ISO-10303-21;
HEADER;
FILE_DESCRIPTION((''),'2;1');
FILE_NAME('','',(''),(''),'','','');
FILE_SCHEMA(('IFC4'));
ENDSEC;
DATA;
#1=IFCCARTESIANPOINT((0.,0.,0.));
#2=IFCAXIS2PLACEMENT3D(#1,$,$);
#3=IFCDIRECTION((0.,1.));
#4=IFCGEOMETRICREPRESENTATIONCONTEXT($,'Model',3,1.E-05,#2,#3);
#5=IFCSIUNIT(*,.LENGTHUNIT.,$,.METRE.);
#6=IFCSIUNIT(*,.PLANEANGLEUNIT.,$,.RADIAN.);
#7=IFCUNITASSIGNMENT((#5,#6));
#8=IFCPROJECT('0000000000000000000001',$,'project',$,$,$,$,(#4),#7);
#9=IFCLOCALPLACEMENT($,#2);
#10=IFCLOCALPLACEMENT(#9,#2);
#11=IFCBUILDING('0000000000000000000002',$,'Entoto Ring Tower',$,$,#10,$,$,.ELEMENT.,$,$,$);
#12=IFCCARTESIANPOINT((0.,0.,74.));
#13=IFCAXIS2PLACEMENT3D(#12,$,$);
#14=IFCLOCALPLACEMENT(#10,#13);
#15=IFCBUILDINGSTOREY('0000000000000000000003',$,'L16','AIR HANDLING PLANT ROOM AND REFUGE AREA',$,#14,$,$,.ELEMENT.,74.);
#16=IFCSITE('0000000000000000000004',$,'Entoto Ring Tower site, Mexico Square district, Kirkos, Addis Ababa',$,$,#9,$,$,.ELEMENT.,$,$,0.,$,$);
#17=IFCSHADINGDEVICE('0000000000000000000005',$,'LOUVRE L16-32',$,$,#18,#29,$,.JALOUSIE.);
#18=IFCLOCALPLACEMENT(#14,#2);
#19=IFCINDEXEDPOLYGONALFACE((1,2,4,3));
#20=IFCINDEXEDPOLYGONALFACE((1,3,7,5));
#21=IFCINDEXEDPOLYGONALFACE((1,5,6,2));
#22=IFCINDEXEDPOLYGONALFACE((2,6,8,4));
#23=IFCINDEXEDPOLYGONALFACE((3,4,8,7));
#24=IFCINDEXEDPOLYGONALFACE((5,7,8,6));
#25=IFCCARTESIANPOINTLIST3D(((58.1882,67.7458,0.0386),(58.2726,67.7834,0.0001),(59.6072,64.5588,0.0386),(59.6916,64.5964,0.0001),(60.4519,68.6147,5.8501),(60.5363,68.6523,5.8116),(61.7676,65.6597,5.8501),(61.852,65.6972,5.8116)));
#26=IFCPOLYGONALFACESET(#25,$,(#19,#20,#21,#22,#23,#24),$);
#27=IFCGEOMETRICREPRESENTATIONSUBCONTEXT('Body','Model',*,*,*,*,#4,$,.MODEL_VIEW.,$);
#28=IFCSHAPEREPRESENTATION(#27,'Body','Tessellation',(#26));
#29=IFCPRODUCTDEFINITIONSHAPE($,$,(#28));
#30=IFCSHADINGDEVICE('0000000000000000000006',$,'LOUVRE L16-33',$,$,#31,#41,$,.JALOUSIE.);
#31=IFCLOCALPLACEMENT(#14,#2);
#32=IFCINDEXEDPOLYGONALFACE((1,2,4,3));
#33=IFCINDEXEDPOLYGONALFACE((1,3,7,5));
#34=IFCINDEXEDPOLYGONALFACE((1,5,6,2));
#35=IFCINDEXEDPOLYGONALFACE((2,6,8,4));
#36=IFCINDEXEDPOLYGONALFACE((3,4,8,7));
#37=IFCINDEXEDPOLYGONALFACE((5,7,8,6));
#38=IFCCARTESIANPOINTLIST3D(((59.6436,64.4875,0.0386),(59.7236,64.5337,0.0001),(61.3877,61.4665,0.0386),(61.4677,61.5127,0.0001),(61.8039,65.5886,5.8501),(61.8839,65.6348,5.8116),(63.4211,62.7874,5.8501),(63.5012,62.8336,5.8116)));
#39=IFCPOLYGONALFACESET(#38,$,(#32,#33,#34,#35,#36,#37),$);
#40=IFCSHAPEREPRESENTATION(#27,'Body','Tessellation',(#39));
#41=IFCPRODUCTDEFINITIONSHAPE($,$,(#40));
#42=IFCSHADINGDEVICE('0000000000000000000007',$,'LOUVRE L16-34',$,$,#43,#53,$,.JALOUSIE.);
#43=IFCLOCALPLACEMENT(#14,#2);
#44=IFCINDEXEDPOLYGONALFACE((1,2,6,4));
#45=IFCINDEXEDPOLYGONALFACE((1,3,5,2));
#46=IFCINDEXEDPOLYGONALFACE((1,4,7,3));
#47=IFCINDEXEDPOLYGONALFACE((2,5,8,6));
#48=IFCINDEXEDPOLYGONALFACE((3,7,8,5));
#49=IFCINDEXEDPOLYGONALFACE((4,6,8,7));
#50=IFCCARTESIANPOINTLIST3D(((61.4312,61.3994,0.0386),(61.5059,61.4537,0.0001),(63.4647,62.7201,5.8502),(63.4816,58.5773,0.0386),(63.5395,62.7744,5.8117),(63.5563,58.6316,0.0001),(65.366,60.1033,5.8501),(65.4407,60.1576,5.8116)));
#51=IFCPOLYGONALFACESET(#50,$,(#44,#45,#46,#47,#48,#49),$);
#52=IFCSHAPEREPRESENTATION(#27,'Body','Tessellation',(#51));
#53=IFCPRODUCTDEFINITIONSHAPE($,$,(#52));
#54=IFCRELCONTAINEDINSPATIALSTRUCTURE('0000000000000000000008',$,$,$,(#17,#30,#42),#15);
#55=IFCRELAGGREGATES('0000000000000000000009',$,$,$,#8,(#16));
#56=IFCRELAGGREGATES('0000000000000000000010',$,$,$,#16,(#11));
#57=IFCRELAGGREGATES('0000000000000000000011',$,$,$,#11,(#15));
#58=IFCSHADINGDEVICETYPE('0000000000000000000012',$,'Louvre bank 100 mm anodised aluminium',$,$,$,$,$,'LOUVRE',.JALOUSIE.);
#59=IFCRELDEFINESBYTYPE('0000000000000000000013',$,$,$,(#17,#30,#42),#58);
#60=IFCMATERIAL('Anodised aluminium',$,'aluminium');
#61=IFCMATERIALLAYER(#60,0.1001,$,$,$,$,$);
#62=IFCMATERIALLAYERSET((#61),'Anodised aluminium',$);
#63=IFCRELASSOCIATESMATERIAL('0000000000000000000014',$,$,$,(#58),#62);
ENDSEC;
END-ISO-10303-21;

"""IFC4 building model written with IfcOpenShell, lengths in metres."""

from ifc_helpers import new_model, si_unit, direction, frame, origin, place, context, subcontext, project, spatial, polyline, outline, extrude, material, layer, layer_set, type_object, element, save


model = new_model("IFC4")

# Units and contexts
model_context = context("Model", 3, precision=1e-05, world=origin(), true_north=direction((0.0, 1.0)))
body_context = subcontext(model_context, "Body", "Model", "MODEL_VIEW")
ifc_project = project(units=[si_unit("LENGTHUNIT", "METRE"), si_unit("PLANEANGLEUNIT", "RADIAN")], contexts=[model_context])

# Site, building, storey
site_placement = place(None, origin())
site = spatial("IfcSite", under=ifc_project, at=site_placement, Name="Entoto Ring Tower site, Mexico Square district, Kirkos, Addis Ababa", CompositionType="ELEMENT", RefElevation=0.0)
building_placement = place(site_placement, origin())
building = spatial("IfcBuilding", under=site, at=building_placement, Name="Entoto Ring Tower", CompositionType="ELEMENT")
storey_placement = place(building_placement, frame((0.0, 0.0, 74.0)))
storey = spatial("IfcBuildingStorey", under=building, at=storey_placement, Name="L16", Description="AIR HANDLING PLANT ROOM AND REFUGE AREA", CompositionType="ELEMENT", Elevation=74.0)

# Shading devices
ifc_material_1 = material(Name="Anodised aluminium", Category="aluminium")
ifc_layer_1 = layer(ifc_material_1, 0.1001)
ifc_layer_set_1 = layer_set([ifc_layer_1], Name="Anodised aluminium")
shading_device_type = type_object("IfcShadingDeviceType", Name="Louvre bank 100 mm anodised aluminium", ElementType="LOUVRE", PredefinedType="JALOUSIE", material=ifc_layer_set_1)
shading_device_1_placement = place(storey_placement, frame((58.1882, 67.7458, 0.0386), z_axis=(-0.843278, -0.37545, 0.384603), x_axis=(0.406735, -0.913546, 0.0)))
element("IfcShadingDevice", 1, at=shading_device_1_placement, inside=storey, type_object=shading_device_type, Name="LOUVRE L16-32", PredefinedType="JALOUSIE", context=body_context, shape_type="SweptSolid", body=[
    extrude(outline(polyline([(0.0, 0.0), (3.4886, 0.0), (3.3617, 6.2958), (0.1269, 6.2958), (0.0, 0.0)])), origin(), (0.0, 0.0, -1.0), 0.1001),
])
shading_device_2_placement = place(storey_placement, frame((59.6436, 64.4875, 0.0386), z_axis=(-0.799418, -0.461522, 0.384614), x_axis=(0.499984, -0.866035, 0.000004)))
element("IfcShadingDevice", 2, at=shading_device_2_placement, inside=storey, type_object=shading_device_type, Name="LOUVRE L16-33", PredefinedType="JALOUSIE", context=body_context, shape_type="SweptSolid", body=[
    extrude(outline(polyline([(0.0, 0.0), (3.4883, 0.0), (3.3612, 6.2958), (0.1266, 6.2958), (0.0, 0.0)])), origin(), (0.0, 0.0, -1.0), 0.1001),
])
shading_device_3_placement = place(storey_placement, frame((61.4312, 61.3994, 0.0386), z_axis=(-0.746783, -0.542573, 0.384616), x_axis=(0.587793, -0.809011, 0.000017)))
element("IfcShadingDevice", 3, at=shading_device_3_placement, inside=storey, type_object=shading_device_type, Name="LOUVRE L16-34", PredefinedType="JALOUSIE", context=body_context, shape_type="SweptSolid", body=[
    extrude(outline(polyline([(0.0, 0.0), (3.4883, 0.0), (3.3615, 6.2958), (0.1269, 6.2959), (0.0, 0.0)])), origin(), (0.0, 0.0, -1.0), 0.1001),
])

save(model, "model.ifc")
